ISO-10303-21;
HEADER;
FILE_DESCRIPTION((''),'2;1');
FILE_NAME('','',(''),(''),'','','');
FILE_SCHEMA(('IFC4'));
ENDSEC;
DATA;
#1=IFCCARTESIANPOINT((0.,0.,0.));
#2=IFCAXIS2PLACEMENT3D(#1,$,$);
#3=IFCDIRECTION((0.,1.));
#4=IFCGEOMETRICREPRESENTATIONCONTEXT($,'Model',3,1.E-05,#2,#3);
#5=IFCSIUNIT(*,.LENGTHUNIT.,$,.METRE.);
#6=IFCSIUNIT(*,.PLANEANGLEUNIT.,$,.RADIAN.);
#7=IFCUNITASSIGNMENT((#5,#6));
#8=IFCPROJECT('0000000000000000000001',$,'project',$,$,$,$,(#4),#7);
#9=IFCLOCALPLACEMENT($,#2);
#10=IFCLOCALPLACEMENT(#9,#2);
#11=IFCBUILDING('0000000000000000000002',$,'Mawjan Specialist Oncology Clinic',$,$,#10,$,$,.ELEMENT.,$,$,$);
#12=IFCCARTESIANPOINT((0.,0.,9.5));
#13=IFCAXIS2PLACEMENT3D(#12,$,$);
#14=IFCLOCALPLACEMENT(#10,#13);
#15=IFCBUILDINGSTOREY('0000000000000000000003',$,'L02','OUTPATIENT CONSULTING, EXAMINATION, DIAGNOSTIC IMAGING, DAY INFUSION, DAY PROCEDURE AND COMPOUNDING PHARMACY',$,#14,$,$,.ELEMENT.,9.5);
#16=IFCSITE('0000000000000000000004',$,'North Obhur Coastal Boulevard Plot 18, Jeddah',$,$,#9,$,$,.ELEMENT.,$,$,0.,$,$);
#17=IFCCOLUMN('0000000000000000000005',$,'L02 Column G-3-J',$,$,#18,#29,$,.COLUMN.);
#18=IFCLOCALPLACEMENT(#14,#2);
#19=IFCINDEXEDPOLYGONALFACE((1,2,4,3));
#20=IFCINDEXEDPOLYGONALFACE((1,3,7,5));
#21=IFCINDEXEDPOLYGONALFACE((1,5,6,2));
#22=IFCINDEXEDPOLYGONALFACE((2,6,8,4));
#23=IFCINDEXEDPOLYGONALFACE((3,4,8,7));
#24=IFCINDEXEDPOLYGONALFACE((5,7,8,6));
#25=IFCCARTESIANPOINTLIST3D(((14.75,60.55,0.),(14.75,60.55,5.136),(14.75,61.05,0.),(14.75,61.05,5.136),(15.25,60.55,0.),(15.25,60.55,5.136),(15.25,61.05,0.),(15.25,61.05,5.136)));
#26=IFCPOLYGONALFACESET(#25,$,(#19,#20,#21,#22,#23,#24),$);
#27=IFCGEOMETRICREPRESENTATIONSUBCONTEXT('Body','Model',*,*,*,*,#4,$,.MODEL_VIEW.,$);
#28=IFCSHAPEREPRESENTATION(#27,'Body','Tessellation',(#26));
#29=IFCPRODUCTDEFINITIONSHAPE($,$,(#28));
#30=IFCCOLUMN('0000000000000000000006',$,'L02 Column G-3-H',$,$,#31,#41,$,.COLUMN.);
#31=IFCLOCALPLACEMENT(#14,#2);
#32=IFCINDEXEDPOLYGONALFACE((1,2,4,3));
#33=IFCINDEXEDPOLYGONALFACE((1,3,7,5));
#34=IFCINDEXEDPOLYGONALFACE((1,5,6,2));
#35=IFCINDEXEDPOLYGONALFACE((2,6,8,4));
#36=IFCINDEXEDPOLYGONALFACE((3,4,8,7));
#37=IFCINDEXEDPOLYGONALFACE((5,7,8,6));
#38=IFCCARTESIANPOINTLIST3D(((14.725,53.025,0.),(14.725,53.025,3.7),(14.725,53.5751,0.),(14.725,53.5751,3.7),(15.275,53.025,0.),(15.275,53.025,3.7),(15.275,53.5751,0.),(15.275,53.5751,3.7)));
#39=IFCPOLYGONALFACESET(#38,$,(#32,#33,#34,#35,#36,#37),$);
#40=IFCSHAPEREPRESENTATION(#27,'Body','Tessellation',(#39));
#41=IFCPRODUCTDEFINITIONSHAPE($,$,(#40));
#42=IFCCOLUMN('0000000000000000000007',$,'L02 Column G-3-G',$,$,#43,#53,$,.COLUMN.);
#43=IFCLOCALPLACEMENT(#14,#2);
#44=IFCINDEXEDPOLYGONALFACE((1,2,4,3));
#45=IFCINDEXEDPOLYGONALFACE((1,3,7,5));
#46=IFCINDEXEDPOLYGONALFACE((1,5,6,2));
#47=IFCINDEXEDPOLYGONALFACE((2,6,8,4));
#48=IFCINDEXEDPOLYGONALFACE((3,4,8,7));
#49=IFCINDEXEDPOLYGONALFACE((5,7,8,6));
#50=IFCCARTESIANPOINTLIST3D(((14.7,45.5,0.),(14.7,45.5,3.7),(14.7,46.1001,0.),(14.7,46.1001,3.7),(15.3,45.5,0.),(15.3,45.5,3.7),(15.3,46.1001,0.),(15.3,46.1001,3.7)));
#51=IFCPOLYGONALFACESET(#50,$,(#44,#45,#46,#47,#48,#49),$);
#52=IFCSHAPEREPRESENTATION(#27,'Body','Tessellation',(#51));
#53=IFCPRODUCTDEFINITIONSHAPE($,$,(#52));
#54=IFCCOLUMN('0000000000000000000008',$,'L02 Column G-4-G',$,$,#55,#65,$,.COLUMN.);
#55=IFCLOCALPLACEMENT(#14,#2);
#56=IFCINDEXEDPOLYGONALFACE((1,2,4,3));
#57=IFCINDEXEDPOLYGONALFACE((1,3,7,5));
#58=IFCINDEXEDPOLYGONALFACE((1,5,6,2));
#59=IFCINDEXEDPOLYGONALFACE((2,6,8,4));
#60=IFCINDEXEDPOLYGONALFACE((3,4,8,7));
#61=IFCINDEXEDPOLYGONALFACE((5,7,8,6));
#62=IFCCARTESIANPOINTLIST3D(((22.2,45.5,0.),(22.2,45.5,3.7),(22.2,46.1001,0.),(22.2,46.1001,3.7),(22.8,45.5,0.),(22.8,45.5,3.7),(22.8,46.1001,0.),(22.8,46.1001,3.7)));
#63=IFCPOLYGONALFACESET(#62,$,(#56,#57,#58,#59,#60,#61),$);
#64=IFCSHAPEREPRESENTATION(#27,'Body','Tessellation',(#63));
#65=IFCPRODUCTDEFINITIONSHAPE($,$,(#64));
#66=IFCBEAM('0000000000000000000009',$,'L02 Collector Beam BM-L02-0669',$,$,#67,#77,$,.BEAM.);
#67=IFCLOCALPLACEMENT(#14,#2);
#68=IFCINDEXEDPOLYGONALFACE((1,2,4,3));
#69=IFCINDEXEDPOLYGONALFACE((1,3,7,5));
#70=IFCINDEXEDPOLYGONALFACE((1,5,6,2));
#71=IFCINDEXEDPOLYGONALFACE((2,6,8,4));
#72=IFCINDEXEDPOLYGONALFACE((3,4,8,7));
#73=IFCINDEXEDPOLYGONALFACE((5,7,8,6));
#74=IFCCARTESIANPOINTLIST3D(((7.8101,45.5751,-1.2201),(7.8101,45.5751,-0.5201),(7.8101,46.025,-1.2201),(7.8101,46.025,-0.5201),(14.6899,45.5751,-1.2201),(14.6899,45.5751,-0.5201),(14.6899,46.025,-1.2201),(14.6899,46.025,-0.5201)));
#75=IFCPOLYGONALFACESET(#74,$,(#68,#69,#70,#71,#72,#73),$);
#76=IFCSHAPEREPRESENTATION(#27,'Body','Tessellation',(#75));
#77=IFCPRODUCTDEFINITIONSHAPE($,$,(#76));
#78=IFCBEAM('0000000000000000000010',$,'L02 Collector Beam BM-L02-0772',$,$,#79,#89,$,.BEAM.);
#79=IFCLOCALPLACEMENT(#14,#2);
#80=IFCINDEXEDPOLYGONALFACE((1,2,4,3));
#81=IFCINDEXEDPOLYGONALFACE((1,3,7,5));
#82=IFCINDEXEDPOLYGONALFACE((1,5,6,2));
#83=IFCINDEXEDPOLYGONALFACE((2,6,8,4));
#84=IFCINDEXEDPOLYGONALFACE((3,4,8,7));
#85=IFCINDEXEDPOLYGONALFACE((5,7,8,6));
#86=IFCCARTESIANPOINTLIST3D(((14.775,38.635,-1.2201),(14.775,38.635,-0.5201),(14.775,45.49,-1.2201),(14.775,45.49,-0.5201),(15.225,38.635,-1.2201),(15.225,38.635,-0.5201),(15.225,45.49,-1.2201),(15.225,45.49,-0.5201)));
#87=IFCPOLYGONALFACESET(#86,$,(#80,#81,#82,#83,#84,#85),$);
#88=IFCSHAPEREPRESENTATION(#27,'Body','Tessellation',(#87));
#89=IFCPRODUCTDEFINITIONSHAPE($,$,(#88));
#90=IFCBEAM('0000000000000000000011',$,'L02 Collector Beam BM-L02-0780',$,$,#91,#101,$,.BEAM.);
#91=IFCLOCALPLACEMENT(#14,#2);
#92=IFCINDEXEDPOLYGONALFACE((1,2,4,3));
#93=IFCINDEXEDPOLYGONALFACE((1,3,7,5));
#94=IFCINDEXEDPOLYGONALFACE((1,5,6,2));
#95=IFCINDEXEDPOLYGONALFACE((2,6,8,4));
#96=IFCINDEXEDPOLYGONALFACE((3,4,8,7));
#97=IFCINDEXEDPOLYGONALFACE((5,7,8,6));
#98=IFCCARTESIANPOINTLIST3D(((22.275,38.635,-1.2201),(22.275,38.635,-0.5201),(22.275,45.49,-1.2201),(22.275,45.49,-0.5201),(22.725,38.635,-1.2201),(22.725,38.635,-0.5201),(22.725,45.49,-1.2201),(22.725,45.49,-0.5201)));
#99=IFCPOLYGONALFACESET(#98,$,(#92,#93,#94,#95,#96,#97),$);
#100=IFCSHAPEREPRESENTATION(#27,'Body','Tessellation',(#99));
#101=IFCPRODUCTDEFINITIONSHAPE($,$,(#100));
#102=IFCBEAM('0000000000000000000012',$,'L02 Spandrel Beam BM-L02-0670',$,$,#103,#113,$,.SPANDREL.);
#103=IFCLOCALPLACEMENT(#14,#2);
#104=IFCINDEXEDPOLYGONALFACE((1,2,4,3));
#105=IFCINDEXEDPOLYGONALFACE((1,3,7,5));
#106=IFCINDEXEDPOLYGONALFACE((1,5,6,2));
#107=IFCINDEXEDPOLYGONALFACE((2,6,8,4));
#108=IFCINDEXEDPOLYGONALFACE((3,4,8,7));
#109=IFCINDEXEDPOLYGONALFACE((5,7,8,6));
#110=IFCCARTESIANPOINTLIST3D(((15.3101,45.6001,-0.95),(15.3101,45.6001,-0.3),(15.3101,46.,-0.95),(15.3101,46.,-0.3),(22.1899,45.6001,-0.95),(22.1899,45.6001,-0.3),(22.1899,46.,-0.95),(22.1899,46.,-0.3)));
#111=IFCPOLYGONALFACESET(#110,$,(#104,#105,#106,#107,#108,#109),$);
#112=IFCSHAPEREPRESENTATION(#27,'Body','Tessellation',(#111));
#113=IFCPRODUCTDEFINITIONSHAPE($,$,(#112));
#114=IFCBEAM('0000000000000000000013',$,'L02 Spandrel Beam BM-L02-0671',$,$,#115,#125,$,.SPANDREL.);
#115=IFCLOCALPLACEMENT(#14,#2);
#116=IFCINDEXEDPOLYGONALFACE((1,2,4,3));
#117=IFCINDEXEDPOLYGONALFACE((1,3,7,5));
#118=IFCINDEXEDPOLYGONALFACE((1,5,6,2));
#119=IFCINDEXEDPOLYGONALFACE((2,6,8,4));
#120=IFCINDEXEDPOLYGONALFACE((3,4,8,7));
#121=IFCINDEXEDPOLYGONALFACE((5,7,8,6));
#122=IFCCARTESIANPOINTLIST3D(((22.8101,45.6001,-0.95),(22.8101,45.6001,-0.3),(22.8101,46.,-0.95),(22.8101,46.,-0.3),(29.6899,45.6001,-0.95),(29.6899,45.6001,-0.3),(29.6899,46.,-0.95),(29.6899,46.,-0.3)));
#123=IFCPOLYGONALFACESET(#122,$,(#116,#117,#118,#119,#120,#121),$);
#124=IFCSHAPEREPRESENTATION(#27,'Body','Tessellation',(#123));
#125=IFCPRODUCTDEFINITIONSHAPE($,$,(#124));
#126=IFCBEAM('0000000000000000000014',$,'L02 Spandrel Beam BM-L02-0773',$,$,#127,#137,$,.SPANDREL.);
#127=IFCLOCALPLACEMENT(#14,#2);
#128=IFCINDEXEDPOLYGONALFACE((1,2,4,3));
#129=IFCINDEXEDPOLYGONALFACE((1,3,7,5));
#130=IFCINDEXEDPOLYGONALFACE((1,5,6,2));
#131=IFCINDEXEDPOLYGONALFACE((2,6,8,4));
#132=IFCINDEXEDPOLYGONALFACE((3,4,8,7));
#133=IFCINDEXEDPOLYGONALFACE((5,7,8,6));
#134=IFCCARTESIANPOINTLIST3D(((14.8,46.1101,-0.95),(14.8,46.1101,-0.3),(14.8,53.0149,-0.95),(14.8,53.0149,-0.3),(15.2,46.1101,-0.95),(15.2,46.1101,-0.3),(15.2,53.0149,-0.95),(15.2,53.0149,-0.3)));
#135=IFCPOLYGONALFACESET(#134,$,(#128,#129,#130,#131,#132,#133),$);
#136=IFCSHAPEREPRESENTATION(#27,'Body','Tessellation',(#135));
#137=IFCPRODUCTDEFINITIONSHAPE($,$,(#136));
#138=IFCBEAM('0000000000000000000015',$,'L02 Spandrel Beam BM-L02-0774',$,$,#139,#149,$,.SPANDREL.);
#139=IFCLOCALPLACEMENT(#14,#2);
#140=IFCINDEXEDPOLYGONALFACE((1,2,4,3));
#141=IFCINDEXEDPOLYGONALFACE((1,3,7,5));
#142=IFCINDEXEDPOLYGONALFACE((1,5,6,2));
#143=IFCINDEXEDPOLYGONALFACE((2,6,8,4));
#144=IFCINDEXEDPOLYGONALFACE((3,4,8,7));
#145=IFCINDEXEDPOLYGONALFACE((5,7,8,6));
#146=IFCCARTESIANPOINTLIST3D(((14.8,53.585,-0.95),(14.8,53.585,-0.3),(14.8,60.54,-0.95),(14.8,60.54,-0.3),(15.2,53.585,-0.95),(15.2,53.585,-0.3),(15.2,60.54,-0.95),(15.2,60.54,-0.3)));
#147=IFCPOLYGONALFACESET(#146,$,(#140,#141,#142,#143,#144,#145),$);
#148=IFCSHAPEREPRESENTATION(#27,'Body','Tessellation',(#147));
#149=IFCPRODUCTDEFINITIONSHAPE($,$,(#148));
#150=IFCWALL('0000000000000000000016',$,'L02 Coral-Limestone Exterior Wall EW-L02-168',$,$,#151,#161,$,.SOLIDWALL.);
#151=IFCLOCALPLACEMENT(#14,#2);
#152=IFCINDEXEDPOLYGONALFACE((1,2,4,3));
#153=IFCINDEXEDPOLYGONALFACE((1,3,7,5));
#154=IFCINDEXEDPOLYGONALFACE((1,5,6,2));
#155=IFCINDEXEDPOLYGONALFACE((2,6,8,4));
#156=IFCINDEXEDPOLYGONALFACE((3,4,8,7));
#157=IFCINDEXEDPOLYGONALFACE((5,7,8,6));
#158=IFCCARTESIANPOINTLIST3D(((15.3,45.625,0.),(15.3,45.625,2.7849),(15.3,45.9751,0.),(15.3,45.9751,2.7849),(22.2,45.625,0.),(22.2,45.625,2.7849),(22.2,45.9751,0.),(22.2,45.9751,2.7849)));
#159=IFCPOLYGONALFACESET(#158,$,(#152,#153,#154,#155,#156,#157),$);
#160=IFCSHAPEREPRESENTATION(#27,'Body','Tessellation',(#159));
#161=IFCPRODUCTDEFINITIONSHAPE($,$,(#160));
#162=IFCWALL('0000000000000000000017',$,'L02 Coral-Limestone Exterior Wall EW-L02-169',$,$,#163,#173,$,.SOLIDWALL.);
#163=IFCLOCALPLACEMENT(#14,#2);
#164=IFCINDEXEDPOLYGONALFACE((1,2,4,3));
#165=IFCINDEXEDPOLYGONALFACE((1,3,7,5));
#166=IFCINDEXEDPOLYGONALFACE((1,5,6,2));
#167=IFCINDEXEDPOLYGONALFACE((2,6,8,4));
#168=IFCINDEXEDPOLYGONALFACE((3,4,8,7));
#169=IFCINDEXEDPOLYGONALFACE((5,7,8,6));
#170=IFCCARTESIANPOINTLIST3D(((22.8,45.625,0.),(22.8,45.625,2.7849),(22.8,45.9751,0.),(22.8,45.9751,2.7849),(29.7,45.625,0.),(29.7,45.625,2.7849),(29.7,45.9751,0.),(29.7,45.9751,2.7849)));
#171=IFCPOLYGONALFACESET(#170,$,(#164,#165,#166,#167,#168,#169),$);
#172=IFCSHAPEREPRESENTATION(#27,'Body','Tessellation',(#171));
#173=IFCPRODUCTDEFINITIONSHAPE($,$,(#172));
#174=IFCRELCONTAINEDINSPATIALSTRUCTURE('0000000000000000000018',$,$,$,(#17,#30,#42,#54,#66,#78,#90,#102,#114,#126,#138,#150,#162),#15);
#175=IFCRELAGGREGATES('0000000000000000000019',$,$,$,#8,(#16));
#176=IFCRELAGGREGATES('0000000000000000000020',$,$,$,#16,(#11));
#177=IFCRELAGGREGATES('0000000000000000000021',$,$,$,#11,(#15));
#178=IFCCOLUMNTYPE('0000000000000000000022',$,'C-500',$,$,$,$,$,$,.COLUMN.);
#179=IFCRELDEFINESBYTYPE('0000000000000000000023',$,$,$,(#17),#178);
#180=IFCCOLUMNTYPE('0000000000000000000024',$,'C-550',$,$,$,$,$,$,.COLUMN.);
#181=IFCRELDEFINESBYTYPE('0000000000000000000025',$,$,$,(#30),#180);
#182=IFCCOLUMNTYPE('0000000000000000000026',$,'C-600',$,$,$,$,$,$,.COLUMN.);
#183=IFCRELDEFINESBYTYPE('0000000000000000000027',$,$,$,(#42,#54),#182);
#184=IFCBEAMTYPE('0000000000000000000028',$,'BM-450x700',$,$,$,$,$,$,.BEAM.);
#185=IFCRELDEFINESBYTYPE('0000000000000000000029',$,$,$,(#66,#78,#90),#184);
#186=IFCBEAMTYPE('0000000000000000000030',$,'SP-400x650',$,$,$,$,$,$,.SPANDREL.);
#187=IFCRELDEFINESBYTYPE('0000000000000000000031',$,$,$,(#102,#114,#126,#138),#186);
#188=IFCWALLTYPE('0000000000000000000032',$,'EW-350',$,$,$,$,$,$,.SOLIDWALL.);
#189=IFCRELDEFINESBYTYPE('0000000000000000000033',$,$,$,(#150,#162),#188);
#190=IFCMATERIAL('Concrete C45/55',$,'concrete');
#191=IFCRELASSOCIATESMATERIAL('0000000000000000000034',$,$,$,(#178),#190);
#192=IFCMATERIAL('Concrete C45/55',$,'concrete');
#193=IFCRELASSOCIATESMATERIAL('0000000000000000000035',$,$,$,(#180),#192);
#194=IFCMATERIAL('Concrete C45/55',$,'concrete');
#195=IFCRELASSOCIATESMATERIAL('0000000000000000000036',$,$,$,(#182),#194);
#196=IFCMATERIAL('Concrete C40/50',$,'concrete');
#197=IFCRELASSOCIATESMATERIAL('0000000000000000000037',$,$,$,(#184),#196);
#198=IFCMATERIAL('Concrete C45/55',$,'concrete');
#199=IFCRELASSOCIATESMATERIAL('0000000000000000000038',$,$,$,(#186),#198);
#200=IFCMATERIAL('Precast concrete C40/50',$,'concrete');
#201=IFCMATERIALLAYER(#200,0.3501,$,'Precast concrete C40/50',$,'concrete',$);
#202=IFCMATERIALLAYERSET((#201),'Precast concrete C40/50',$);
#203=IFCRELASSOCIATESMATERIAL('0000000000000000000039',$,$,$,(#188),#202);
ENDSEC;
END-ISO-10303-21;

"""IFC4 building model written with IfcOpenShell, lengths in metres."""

from ifc_helpers import new_model, si_unit, direction, frame, frame_2d, origin, origin_2d, place, context, subcontext, project, spatial, rectangle, extrude, material, layer, layer_set, material_profile, profile_set, type_object, element, save


model = new_model("IFC4")

# Units and contexts
model_context = context("Model", 3, precision=1e-05, world=origin(), true_north=direction((0.0, 1.0)))
body_context = subcontext(model_context, "Body", "Model", "MODEL_VIEW")
ifc_project = project(units=[si_unit("LENGTHUNIT", "METRE"), si_unit("PLANEANGLEUNIT", "RADIAN")], contexts=[model_context])

# Site, building, storey
site_placement = place(None, origin())
site = spatial("IfcSite", under=ifc_project, at=site_placement, Name="North Obhur Coastal Boulevard Plot 18, Jeddah", CompositionType="ELEMENT", RefElevation=0.0)
building_placement = place(site_placement, origin())
building = spatial("IfcBuilding", under=site, at=building_placement, Name="Mawjan Specialist Oncology Clinic", CompositionType="ELEMENT")
storey_placement = place(building_placement, frame((0.0, 0.0, 9.5)))
storey = spatial("IfcBuildingStorey", under=building, at=storey_placement, Name="L02", Description="OUTPATIENT CONSULTING, EXAMINATION, DIAGNOSTIC IMAGING, DAY INFUSION, DAY PROCEDURE AND COMPOUNDING PHARMACY", CompositionType="ELEMENT", Elevation=9.5)

# Columns
ifc_material_1 = material(Name="Concrete C45/55", Category="concrete")
ifc_material_profile_1 = material_profile(ifc_material_1, rectangle(XDim=0.5, YDim=0.5, at=origin_2d()), Name="RC COL 500x500", Category="concrete")
ifc_profile_set_1 = profile_set([ifc_material_profile_1], Name="Concrete C45/55")
column_type_1 = type_object("IfcColumnType", Name="C-500", PredefinedType="COLUMN", material=ifc_profile_set_1)
column_1_placement = place(storey_placement, frame((15.0, 60.8, 0.0), z_axis=(0.0, 0.0, 1.0), x_axis=(1.0, 0.0, 0.0)))
element("IfcColumn", 1, at=column_1_placement, inside=storey, type_object=column_type_1, Name="L02 Column G-3-J", PredefinedType="COLUMN", context=body_context, shape_type="SweptSolid", body=[
    extrude(rectangle(XDim=0.5, YDim=0.5, at=origin_2d()), origin(), (0.0, 0.0, 1.0), 5.136),
])
ifc_material_2 = material(Name="Concrete C45/55", Category="concrete")
ifc_material_profile_2 = material_profile(ifc_material_2, rectangle(XDim=0.55, YDim=0.55, at=origin_2d()), Name="RC COL 550x550", Category="concrete")
ifc_profile_set_2 = profile_set([ifc_material_profile_2], Name="Concrete C45/55")
column_type_2 = type_object("IfcColumnType", Name="C-550", PredefinedType="COLUMN", material=ifc_profile_set_2)
column_2_placement = place(storey_placement, frame((15.0, 53.3, 0.0), z_axis=(0.0, 0.0, 1.0), x_axis=(1.0, 0.0, 0.0)))
element("IfcColumn", 2, at=column_2_placement, inside=storey, type_object=column_type_2, Name="L02 Column G-3-H", PredefinedType="COLUMN", context=body_context, shape_type="SweptSolid", body=[
    extrude(rectangle(XDim=0.55, YDim=0.55, at=origin_2d()), origin(), (0.0, 0.0, 1.0), 3.7),
])
ifc_material_3 = material(Name="Concrete C45/55", Category="concrete")
ifc_material_profile_3 = material_profile(ifc_material_3, rectangle(XDim=0.6001, YDim=0.6001, at=origin_2d()), Name="RC COL 600x600", Category="concrete")
ifc_profile_set_3 = profile_set([ifc_material_profile_3], Name="Concrete C45/55")
column_type_3 = type_object("IfcColumnType", Name="C-600", PredefinedType="COLUMN", material=ifc_profile_set_3)
for number, where, z_axis, x_axis, name in (
    (3, (15.0, 45.8, 0.0), (0.0, 0.0, 1.0), (1.0, 0.0, 0.0), "L02 Column G-3-G"),
    (4, (22.5, 45.8, 0.0), (0.0, 0.0, 1.0), (1.0, 0.0, 0.0), "L02 Column G-4-G"),
):
    element("IfcColumn", number, at=place(storey_placement, frame(where, z_axis=z_axis, x_axis=x_axis)), inside=storey, type_object=column_type_3, Name=name, PredefinedType="COLUMN", context=body_context, shape_type="SweptSolid", body=[
        extrude(rectangle(XDim=0.6001, YDim=0.6001, at=origin_2d()), origin(), (0.0, 0.0, 1.0), 3.7),
    ])

# Beams
ifc_material_4 = material(Name="Concrete C40/50", Category="concrete")
ifc_material_profile_4 = material_profile(ifc_material_4, rectangle(XDim=0.45, YDim=0.7, at=origin_2d()), Name="RC BM 450x700", Category="concrete")
ifc_profile_set_4 = profile_set([ifc_material_profile_4], Name="Concrete C40/50")
beam_type_1 = type_object("IfcBeamType", Name="BM-450x700", PredefinedType="BEAM", material=ifc_profile_set_4)
beam_1_placement = place(storey_placement, frame((7.8101, 45.8, -0.8701), z_axis=(1.0, 0.0, 0.0), x_axis=(0.0, 1.0, 0.0)))
element("IfcBeam", 5, at=beam_1_placement, inside=storey, type_object=beam_type_1, Name="L02 Collector Beam BM-L02-0669", PredefinedType="BEAM", context=body_context, shape_type="SweptSolid", body=[
    extrude(rectangle(XDim=0.45, YDim=0.7, at=origin_2d()), origin(), (0.0, 0.0, 1.0), 6.8799),
])
for number, where, z_axis, x_axis, name in (
    (6, (15.0, 38.635, -0.8701), (0.0, 1.0, 0.0), (-1.0, 0.0, 0.0), "L02 Collector Beam BM-L02-0772"),
    (7, (22.5, 38.635, -0.8701), (0.0, 1.0, 0.0), (-1.0, 0.0, 0.0), "L02 Collector Beam BM-L02-0780"),
):
    element("IfcBeam", number, at=place(storey_placement, frame(where, z_axis=z_axis, x_axis=x_axis)), inside=storey, type_object=beam_type_1, Name=name, PredefinedType="BEAM", context=body_context, shape_type="SweptSolid", body=[
        extrude(rectangle(XDim=0.45, YDim=0.7, at=origin_2d()), origin(), (0.0, 0.0, 1.0), 6.855),
    ])
ifc_material_5 = material(Name="Concrete C45/55", Category="concrete")
ifc_material_profile_5 = material_profile(ifc_material_5, rectangle(XDim=0.3999, YDim=0.6499, at=origin_2d()), Name="RC BM 400x650", Category="concrete")
ifc_profile_set_5 = profile_set([ifc_material_profile_5], Name="Concrete C45/55")
beam_type_2 = type_object("IfcBeamType", Name="SP-400x650", PredefinedType="SPANDREL", material=ifc_profile_set_5)
for number, where, z_axis, x_axis, name in (
    (8, (15.3101, 45.8, -0.625), (1.0, 0.0, 0.0), (0.0, 1.0, 0.0), "L02 Spandrel Beam BM-L02-0670"),
    (9, (22.8101, 45.8, -0.625), (1.0, 0.0, 0.0), (0.0, 1.0, 0.0), "L02 Spandrel Beam BM-L02-0671"),
):
    element("IfcBeam", number, at=place(storey_placement, frame(where, z_axis=z_axis, x_axis=x_axis)), inside=storey, type_object=beam_type_2, Name=name, PredefinedType="SPANDREL", context=body_context, shape_type="SweptSolid", body=[
        extrude(rectangle(XDim=0.3999, YDim=0.6499, at=origin_2d()), origin(), (0.0, 0.0, 1.0), 6.8799),
    ])
beam_2_placement = place(storey_placement, frame((15.0, 46.1101, -0.625), z_axis=(0.0, 1.0, 0.0), x_axis=(-1.0, 0.0, 0.0)))
element("IfcBeam", 10, at=beam_2_placement, inside=storey, type_object=beam_type_2, Name="L02 Spandrel Beam BM-L02-0773", PredefinedType="SPANDREL", context=body_context, shape_type="SweptSolid", body=[
    extrude(rectangle(XDim=0.3999, YDim=0.6499, at=origin_2d()), origin(), (0.0, 0.0, 1.0), 6.9048),
])
beam_3_placement = place(storey_placement, frame((15.0, 53.585, -0.625), z_axis=(0.0, 1.0, 0.0), x_axis=(-1.0, 0.0, 0.0)))
element("IfcBeam", 11, at=beam_3_placement, inside=storey, type_object=beam_type_2, Name="L02 Spandrel Beam BM-L02-0774", PredefinedType="SPANDREL", context=body_context, shape_type="SweptSolid", body=[
    extrude(rectangle(XDim=0.3999, YDim=0.6499, at=origin_2d()), origin(), (0.0, 0.0, 1.0), 6.9551),
])

# Walls
ifc_material_6 = material(Name="Precast concrete C40/50", Category="concrete")
ifc_layer_1 = layer(ifc_material_6, 0.3501, Name="Precast concrete C40/50", Category="concrete")
ifc_layer_set_1 = layer_set([ifc_layer_1], Name="Precast concrete C40/50")
wall_type = type_object("IfcWallType", Name="EW-350", PredefinedType="SOLIDWALL", material=ifc_layer_set_1)
for number, where, z_axis, x_axis, name in (
    (12, (15.3, 45.8, 0.0), (0.0, 0.0, 1.0), (1.0, 0.0, 0.0), "L02 Coral-Limestone Exterior Wall EW-L02-168"),
    (13, (22.8, 45.8, 0.0), (0.0, 0.0, 1.0), (1.0, 0.0, 0.0), "L02 Coral-Limestone Exterior Wall EW-L02-169"),
):
    element("IfcWall", number, at=place(storey_placement, frame(where, z_axis=z_axis, x_axis=x_axis)), inside=storey, type_object=wall_type, Name=name, PredefinedType="SOLIDWALL", context=body_context, shape_type="SweptSolid", body=[
        extrude(rectangle(XDim=6.8999, YDim=0.3501, at=frame_2d((3.45, 0.0))), origin(), (0.0, 0.0, 1.0), 2.7849),
    ])

save(model, "model.ifc")
